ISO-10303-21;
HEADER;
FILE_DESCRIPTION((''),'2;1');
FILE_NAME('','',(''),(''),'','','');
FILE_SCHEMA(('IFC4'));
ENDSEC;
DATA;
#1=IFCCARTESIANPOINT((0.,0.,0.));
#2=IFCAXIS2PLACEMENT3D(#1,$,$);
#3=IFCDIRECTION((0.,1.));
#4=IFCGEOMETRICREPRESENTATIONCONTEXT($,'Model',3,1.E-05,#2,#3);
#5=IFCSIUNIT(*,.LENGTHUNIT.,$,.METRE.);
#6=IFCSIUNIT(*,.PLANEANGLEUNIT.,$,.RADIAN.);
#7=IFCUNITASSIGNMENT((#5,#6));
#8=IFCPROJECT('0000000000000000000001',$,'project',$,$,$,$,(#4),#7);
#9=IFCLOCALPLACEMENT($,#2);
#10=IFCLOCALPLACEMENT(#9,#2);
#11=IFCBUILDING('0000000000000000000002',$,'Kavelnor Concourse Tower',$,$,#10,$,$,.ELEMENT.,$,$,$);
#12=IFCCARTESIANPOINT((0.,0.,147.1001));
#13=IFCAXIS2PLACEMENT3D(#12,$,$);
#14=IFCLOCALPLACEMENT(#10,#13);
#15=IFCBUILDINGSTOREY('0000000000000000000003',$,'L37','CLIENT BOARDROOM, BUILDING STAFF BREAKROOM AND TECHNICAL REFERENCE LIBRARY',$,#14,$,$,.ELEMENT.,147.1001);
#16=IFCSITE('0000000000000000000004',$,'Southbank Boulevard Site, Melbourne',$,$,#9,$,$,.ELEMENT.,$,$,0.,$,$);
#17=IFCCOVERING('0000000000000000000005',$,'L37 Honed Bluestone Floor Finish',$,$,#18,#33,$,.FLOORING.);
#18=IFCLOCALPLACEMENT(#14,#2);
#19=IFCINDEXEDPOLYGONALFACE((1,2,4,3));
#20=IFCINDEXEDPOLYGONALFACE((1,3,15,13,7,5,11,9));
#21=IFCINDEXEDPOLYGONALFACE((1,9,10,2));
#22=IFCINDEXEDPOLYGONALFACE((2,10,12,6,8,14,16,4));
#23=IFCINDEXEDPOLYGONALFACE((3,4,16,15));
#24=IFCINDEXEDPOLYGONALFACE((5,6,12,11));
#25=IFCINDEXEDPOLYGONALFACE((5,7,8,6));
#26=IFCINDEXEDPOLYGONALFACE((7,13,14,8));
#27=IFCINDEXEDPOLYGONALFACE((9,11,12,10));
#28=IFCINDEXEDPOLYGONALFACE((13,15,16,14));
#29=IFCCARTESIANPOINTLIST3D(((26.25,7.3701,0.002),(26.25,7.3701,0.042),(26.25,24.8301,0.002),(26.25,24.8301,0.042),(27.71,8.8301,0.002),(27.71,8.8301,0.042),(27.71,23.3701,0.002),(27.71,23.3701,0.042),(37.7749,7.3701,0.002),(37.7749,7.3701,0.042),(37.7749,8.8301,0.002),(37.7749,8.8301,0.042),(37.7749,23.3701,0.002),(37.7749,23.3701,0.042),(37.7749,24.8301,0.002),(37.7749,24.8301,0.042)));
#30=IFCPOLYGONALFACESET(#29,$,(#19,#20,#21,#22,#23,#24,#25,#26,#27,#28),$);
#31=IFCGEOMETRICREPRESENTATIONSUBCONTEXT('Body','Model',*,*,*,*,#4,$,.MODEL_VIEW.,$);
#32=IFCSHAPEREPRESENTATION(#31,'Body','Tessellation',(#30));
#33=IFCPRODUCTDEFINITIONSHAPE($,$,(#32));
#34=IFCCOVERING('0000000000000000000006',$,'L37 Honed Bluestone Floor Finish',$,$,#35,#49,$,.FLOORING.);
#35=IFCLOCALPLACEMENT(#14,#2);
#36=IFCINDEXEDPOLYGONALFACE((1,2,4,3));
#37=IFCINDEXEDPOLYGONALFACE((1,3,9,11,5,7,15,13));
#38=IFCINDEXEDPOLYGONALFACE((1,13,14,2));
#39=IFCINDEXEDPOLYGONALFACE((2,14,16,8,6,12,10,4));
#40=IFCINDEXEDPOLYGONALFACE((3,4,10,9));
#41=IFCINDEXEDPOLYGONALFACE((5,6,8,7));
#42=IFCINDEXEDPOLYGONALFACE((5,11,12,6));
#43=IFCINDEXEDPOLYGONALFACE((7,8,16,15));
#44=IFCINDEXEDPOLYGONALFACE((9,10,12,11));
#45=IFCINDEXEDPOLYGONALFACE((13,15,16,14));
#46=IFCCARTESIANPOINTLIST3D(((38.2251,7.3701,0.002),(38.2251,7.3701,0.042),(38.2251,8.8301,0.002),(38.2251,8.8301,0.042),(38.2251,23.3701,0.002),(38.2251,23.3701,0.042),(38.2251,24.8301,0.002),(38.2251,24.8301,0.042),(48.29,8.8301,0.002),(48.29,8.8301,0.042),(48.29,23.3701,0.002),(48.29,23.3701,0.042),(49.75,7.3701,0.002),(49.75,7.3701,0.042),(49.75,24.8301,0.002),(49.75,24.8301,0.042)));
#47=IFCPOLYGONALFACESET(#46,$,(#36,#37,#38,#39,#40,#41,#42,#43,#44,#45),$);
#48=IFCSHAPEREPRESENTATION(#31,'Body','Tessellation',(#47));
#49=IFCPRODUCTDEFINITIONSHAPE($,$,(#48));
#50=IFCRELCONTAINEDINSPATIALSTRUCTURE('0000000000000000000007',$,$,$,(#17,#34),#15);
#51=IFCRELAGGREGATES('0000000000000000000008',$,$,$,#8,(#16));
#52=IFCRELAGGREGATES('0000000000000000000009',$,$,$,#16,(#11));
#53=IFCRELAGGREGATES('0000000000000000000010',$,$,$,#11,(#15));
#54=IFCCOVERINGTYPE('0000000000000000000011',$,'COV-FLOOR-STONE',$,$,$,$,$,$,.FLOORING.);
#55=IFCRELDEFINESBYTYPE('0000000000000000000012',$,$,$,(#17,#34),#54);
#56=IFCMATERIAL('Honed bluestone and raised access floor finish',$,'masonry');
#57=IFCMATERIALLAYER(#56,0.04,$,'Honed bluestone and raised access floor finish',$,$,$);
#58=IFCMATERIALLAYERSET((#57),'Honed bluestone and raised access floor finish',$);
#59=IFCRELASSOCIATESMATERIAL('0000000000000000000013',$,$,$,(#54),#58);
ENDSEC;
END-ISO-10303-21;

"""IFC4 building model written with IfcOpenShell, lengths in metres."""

from ifc_helpers import new_model, si_unit, direction, frame, origin, place, context, subcontext, project, spatial, polyline, outline, extrude, material, layer, layer_set, type_object, element, save


model = new_model("IFC4")

# Units and contexts
model_context = context("Model", 3, precision=1e-05, world=origin(), true_north=direction((0.0, 1.0)))
body_context = subcontext(model_context, "Body", "Model", "MODEL_VIEW")
ifc_project = project(units=[si_unit("LENGTHUNIT", "METRE"), si_unit("PLANEANGLEUNIT", "RADIAN")], contexts=[model_context])

# Site, building, storey
site_placement = place(None, origin())
site = spatial("IfcSite", under=ifc_project, at=site_placement, Name="Southbank Boulevard Site, Melbourne", CompositionType="ELEMENT", RefElevation=0.0)
building_placement = place(site_placement, origin())
building = spatial("IfcBuilding", under=site, at=building_placement, Name="Kavelnor Concourse Tower", CompositionType="ELEMENT")
storey_placement = place(building_placement, frame((0.0, 0.0, 147.1001)))
storey = spatial("IfcBuildingStorey", under=building, at=storey_placement, Name="L37", Description="CLIENT BOARDROOM, BUILDING STAFF BREAKROOM AND TECHNICAL REFERENCE LIBRARY", CompositionType="ELEMENT", Elevation=147.1001)

# Coverings
ifc_material_1 = material(Name="Honed bluestone and raised access floor finish", Category="masonry")
ifc_layer_1 = layer(ifc_material_1, 0.04, Name="Honed bluestone and raised access floor finish")
ifc_layer_set_1 = layer_set([ifc_layer_1], Name="Honed bluestone and raised access floor finish")
covering_type_1 = type_object("IfcCoveringType", Name="COV-FLOOR-STONE", PredefinedType="FLOORING", material=ifc_layer_set_1)
covering_1_placement = place(storey_placement, frame((0.0, 0.0, 0.002)))
element("IfcCovering", 1, at=covering_1_placement, inside=storey, type_object=covering_type_1, Name="L37 Honed Bluestone Floor Finish", PredefinedType="FLOORING", context=body_context, shape_type="SweptSolid", body=[
    extrude(outline(polyline([(26.25, 7.3701), (26.25, 24.8301), (37.7749, 24.8301), (37.7749, 23.3701), (27.71, 23.3701), (27.71, 8.8301), (37.7749, 8.8301), (37.7749, 7.3701), (26.25, 7.3701)])), origin(), (0.0, 0.0, 1.0), 0.04),
])
covering_2_placement = place(storey_placement, frame((0.0, 0.0, 0.002)))
element("IfcCovering", 2, at=covering_2_placement, inside=storey, type_object=covering_type_1, Name="L37 Honed Bluestone Floor Finish", PredefinedType="FLOORING", context=body_context, shape_type="SweptSolid", body=[
    extrude(outline(polyline([(49.75, 7.3701), (38.2251, 7.3701), (38.2251, 8.8301), (48.29, 8.8301), (48.29, 23.3701), (38.2251, 23.3701), (38.2251, 24.8301), (49.75, 24.8301), (49.75, 7.3701)])), origin(), (0.0, 0.0, 1.0), 0.04),
])

save(model, "model.ifc")
